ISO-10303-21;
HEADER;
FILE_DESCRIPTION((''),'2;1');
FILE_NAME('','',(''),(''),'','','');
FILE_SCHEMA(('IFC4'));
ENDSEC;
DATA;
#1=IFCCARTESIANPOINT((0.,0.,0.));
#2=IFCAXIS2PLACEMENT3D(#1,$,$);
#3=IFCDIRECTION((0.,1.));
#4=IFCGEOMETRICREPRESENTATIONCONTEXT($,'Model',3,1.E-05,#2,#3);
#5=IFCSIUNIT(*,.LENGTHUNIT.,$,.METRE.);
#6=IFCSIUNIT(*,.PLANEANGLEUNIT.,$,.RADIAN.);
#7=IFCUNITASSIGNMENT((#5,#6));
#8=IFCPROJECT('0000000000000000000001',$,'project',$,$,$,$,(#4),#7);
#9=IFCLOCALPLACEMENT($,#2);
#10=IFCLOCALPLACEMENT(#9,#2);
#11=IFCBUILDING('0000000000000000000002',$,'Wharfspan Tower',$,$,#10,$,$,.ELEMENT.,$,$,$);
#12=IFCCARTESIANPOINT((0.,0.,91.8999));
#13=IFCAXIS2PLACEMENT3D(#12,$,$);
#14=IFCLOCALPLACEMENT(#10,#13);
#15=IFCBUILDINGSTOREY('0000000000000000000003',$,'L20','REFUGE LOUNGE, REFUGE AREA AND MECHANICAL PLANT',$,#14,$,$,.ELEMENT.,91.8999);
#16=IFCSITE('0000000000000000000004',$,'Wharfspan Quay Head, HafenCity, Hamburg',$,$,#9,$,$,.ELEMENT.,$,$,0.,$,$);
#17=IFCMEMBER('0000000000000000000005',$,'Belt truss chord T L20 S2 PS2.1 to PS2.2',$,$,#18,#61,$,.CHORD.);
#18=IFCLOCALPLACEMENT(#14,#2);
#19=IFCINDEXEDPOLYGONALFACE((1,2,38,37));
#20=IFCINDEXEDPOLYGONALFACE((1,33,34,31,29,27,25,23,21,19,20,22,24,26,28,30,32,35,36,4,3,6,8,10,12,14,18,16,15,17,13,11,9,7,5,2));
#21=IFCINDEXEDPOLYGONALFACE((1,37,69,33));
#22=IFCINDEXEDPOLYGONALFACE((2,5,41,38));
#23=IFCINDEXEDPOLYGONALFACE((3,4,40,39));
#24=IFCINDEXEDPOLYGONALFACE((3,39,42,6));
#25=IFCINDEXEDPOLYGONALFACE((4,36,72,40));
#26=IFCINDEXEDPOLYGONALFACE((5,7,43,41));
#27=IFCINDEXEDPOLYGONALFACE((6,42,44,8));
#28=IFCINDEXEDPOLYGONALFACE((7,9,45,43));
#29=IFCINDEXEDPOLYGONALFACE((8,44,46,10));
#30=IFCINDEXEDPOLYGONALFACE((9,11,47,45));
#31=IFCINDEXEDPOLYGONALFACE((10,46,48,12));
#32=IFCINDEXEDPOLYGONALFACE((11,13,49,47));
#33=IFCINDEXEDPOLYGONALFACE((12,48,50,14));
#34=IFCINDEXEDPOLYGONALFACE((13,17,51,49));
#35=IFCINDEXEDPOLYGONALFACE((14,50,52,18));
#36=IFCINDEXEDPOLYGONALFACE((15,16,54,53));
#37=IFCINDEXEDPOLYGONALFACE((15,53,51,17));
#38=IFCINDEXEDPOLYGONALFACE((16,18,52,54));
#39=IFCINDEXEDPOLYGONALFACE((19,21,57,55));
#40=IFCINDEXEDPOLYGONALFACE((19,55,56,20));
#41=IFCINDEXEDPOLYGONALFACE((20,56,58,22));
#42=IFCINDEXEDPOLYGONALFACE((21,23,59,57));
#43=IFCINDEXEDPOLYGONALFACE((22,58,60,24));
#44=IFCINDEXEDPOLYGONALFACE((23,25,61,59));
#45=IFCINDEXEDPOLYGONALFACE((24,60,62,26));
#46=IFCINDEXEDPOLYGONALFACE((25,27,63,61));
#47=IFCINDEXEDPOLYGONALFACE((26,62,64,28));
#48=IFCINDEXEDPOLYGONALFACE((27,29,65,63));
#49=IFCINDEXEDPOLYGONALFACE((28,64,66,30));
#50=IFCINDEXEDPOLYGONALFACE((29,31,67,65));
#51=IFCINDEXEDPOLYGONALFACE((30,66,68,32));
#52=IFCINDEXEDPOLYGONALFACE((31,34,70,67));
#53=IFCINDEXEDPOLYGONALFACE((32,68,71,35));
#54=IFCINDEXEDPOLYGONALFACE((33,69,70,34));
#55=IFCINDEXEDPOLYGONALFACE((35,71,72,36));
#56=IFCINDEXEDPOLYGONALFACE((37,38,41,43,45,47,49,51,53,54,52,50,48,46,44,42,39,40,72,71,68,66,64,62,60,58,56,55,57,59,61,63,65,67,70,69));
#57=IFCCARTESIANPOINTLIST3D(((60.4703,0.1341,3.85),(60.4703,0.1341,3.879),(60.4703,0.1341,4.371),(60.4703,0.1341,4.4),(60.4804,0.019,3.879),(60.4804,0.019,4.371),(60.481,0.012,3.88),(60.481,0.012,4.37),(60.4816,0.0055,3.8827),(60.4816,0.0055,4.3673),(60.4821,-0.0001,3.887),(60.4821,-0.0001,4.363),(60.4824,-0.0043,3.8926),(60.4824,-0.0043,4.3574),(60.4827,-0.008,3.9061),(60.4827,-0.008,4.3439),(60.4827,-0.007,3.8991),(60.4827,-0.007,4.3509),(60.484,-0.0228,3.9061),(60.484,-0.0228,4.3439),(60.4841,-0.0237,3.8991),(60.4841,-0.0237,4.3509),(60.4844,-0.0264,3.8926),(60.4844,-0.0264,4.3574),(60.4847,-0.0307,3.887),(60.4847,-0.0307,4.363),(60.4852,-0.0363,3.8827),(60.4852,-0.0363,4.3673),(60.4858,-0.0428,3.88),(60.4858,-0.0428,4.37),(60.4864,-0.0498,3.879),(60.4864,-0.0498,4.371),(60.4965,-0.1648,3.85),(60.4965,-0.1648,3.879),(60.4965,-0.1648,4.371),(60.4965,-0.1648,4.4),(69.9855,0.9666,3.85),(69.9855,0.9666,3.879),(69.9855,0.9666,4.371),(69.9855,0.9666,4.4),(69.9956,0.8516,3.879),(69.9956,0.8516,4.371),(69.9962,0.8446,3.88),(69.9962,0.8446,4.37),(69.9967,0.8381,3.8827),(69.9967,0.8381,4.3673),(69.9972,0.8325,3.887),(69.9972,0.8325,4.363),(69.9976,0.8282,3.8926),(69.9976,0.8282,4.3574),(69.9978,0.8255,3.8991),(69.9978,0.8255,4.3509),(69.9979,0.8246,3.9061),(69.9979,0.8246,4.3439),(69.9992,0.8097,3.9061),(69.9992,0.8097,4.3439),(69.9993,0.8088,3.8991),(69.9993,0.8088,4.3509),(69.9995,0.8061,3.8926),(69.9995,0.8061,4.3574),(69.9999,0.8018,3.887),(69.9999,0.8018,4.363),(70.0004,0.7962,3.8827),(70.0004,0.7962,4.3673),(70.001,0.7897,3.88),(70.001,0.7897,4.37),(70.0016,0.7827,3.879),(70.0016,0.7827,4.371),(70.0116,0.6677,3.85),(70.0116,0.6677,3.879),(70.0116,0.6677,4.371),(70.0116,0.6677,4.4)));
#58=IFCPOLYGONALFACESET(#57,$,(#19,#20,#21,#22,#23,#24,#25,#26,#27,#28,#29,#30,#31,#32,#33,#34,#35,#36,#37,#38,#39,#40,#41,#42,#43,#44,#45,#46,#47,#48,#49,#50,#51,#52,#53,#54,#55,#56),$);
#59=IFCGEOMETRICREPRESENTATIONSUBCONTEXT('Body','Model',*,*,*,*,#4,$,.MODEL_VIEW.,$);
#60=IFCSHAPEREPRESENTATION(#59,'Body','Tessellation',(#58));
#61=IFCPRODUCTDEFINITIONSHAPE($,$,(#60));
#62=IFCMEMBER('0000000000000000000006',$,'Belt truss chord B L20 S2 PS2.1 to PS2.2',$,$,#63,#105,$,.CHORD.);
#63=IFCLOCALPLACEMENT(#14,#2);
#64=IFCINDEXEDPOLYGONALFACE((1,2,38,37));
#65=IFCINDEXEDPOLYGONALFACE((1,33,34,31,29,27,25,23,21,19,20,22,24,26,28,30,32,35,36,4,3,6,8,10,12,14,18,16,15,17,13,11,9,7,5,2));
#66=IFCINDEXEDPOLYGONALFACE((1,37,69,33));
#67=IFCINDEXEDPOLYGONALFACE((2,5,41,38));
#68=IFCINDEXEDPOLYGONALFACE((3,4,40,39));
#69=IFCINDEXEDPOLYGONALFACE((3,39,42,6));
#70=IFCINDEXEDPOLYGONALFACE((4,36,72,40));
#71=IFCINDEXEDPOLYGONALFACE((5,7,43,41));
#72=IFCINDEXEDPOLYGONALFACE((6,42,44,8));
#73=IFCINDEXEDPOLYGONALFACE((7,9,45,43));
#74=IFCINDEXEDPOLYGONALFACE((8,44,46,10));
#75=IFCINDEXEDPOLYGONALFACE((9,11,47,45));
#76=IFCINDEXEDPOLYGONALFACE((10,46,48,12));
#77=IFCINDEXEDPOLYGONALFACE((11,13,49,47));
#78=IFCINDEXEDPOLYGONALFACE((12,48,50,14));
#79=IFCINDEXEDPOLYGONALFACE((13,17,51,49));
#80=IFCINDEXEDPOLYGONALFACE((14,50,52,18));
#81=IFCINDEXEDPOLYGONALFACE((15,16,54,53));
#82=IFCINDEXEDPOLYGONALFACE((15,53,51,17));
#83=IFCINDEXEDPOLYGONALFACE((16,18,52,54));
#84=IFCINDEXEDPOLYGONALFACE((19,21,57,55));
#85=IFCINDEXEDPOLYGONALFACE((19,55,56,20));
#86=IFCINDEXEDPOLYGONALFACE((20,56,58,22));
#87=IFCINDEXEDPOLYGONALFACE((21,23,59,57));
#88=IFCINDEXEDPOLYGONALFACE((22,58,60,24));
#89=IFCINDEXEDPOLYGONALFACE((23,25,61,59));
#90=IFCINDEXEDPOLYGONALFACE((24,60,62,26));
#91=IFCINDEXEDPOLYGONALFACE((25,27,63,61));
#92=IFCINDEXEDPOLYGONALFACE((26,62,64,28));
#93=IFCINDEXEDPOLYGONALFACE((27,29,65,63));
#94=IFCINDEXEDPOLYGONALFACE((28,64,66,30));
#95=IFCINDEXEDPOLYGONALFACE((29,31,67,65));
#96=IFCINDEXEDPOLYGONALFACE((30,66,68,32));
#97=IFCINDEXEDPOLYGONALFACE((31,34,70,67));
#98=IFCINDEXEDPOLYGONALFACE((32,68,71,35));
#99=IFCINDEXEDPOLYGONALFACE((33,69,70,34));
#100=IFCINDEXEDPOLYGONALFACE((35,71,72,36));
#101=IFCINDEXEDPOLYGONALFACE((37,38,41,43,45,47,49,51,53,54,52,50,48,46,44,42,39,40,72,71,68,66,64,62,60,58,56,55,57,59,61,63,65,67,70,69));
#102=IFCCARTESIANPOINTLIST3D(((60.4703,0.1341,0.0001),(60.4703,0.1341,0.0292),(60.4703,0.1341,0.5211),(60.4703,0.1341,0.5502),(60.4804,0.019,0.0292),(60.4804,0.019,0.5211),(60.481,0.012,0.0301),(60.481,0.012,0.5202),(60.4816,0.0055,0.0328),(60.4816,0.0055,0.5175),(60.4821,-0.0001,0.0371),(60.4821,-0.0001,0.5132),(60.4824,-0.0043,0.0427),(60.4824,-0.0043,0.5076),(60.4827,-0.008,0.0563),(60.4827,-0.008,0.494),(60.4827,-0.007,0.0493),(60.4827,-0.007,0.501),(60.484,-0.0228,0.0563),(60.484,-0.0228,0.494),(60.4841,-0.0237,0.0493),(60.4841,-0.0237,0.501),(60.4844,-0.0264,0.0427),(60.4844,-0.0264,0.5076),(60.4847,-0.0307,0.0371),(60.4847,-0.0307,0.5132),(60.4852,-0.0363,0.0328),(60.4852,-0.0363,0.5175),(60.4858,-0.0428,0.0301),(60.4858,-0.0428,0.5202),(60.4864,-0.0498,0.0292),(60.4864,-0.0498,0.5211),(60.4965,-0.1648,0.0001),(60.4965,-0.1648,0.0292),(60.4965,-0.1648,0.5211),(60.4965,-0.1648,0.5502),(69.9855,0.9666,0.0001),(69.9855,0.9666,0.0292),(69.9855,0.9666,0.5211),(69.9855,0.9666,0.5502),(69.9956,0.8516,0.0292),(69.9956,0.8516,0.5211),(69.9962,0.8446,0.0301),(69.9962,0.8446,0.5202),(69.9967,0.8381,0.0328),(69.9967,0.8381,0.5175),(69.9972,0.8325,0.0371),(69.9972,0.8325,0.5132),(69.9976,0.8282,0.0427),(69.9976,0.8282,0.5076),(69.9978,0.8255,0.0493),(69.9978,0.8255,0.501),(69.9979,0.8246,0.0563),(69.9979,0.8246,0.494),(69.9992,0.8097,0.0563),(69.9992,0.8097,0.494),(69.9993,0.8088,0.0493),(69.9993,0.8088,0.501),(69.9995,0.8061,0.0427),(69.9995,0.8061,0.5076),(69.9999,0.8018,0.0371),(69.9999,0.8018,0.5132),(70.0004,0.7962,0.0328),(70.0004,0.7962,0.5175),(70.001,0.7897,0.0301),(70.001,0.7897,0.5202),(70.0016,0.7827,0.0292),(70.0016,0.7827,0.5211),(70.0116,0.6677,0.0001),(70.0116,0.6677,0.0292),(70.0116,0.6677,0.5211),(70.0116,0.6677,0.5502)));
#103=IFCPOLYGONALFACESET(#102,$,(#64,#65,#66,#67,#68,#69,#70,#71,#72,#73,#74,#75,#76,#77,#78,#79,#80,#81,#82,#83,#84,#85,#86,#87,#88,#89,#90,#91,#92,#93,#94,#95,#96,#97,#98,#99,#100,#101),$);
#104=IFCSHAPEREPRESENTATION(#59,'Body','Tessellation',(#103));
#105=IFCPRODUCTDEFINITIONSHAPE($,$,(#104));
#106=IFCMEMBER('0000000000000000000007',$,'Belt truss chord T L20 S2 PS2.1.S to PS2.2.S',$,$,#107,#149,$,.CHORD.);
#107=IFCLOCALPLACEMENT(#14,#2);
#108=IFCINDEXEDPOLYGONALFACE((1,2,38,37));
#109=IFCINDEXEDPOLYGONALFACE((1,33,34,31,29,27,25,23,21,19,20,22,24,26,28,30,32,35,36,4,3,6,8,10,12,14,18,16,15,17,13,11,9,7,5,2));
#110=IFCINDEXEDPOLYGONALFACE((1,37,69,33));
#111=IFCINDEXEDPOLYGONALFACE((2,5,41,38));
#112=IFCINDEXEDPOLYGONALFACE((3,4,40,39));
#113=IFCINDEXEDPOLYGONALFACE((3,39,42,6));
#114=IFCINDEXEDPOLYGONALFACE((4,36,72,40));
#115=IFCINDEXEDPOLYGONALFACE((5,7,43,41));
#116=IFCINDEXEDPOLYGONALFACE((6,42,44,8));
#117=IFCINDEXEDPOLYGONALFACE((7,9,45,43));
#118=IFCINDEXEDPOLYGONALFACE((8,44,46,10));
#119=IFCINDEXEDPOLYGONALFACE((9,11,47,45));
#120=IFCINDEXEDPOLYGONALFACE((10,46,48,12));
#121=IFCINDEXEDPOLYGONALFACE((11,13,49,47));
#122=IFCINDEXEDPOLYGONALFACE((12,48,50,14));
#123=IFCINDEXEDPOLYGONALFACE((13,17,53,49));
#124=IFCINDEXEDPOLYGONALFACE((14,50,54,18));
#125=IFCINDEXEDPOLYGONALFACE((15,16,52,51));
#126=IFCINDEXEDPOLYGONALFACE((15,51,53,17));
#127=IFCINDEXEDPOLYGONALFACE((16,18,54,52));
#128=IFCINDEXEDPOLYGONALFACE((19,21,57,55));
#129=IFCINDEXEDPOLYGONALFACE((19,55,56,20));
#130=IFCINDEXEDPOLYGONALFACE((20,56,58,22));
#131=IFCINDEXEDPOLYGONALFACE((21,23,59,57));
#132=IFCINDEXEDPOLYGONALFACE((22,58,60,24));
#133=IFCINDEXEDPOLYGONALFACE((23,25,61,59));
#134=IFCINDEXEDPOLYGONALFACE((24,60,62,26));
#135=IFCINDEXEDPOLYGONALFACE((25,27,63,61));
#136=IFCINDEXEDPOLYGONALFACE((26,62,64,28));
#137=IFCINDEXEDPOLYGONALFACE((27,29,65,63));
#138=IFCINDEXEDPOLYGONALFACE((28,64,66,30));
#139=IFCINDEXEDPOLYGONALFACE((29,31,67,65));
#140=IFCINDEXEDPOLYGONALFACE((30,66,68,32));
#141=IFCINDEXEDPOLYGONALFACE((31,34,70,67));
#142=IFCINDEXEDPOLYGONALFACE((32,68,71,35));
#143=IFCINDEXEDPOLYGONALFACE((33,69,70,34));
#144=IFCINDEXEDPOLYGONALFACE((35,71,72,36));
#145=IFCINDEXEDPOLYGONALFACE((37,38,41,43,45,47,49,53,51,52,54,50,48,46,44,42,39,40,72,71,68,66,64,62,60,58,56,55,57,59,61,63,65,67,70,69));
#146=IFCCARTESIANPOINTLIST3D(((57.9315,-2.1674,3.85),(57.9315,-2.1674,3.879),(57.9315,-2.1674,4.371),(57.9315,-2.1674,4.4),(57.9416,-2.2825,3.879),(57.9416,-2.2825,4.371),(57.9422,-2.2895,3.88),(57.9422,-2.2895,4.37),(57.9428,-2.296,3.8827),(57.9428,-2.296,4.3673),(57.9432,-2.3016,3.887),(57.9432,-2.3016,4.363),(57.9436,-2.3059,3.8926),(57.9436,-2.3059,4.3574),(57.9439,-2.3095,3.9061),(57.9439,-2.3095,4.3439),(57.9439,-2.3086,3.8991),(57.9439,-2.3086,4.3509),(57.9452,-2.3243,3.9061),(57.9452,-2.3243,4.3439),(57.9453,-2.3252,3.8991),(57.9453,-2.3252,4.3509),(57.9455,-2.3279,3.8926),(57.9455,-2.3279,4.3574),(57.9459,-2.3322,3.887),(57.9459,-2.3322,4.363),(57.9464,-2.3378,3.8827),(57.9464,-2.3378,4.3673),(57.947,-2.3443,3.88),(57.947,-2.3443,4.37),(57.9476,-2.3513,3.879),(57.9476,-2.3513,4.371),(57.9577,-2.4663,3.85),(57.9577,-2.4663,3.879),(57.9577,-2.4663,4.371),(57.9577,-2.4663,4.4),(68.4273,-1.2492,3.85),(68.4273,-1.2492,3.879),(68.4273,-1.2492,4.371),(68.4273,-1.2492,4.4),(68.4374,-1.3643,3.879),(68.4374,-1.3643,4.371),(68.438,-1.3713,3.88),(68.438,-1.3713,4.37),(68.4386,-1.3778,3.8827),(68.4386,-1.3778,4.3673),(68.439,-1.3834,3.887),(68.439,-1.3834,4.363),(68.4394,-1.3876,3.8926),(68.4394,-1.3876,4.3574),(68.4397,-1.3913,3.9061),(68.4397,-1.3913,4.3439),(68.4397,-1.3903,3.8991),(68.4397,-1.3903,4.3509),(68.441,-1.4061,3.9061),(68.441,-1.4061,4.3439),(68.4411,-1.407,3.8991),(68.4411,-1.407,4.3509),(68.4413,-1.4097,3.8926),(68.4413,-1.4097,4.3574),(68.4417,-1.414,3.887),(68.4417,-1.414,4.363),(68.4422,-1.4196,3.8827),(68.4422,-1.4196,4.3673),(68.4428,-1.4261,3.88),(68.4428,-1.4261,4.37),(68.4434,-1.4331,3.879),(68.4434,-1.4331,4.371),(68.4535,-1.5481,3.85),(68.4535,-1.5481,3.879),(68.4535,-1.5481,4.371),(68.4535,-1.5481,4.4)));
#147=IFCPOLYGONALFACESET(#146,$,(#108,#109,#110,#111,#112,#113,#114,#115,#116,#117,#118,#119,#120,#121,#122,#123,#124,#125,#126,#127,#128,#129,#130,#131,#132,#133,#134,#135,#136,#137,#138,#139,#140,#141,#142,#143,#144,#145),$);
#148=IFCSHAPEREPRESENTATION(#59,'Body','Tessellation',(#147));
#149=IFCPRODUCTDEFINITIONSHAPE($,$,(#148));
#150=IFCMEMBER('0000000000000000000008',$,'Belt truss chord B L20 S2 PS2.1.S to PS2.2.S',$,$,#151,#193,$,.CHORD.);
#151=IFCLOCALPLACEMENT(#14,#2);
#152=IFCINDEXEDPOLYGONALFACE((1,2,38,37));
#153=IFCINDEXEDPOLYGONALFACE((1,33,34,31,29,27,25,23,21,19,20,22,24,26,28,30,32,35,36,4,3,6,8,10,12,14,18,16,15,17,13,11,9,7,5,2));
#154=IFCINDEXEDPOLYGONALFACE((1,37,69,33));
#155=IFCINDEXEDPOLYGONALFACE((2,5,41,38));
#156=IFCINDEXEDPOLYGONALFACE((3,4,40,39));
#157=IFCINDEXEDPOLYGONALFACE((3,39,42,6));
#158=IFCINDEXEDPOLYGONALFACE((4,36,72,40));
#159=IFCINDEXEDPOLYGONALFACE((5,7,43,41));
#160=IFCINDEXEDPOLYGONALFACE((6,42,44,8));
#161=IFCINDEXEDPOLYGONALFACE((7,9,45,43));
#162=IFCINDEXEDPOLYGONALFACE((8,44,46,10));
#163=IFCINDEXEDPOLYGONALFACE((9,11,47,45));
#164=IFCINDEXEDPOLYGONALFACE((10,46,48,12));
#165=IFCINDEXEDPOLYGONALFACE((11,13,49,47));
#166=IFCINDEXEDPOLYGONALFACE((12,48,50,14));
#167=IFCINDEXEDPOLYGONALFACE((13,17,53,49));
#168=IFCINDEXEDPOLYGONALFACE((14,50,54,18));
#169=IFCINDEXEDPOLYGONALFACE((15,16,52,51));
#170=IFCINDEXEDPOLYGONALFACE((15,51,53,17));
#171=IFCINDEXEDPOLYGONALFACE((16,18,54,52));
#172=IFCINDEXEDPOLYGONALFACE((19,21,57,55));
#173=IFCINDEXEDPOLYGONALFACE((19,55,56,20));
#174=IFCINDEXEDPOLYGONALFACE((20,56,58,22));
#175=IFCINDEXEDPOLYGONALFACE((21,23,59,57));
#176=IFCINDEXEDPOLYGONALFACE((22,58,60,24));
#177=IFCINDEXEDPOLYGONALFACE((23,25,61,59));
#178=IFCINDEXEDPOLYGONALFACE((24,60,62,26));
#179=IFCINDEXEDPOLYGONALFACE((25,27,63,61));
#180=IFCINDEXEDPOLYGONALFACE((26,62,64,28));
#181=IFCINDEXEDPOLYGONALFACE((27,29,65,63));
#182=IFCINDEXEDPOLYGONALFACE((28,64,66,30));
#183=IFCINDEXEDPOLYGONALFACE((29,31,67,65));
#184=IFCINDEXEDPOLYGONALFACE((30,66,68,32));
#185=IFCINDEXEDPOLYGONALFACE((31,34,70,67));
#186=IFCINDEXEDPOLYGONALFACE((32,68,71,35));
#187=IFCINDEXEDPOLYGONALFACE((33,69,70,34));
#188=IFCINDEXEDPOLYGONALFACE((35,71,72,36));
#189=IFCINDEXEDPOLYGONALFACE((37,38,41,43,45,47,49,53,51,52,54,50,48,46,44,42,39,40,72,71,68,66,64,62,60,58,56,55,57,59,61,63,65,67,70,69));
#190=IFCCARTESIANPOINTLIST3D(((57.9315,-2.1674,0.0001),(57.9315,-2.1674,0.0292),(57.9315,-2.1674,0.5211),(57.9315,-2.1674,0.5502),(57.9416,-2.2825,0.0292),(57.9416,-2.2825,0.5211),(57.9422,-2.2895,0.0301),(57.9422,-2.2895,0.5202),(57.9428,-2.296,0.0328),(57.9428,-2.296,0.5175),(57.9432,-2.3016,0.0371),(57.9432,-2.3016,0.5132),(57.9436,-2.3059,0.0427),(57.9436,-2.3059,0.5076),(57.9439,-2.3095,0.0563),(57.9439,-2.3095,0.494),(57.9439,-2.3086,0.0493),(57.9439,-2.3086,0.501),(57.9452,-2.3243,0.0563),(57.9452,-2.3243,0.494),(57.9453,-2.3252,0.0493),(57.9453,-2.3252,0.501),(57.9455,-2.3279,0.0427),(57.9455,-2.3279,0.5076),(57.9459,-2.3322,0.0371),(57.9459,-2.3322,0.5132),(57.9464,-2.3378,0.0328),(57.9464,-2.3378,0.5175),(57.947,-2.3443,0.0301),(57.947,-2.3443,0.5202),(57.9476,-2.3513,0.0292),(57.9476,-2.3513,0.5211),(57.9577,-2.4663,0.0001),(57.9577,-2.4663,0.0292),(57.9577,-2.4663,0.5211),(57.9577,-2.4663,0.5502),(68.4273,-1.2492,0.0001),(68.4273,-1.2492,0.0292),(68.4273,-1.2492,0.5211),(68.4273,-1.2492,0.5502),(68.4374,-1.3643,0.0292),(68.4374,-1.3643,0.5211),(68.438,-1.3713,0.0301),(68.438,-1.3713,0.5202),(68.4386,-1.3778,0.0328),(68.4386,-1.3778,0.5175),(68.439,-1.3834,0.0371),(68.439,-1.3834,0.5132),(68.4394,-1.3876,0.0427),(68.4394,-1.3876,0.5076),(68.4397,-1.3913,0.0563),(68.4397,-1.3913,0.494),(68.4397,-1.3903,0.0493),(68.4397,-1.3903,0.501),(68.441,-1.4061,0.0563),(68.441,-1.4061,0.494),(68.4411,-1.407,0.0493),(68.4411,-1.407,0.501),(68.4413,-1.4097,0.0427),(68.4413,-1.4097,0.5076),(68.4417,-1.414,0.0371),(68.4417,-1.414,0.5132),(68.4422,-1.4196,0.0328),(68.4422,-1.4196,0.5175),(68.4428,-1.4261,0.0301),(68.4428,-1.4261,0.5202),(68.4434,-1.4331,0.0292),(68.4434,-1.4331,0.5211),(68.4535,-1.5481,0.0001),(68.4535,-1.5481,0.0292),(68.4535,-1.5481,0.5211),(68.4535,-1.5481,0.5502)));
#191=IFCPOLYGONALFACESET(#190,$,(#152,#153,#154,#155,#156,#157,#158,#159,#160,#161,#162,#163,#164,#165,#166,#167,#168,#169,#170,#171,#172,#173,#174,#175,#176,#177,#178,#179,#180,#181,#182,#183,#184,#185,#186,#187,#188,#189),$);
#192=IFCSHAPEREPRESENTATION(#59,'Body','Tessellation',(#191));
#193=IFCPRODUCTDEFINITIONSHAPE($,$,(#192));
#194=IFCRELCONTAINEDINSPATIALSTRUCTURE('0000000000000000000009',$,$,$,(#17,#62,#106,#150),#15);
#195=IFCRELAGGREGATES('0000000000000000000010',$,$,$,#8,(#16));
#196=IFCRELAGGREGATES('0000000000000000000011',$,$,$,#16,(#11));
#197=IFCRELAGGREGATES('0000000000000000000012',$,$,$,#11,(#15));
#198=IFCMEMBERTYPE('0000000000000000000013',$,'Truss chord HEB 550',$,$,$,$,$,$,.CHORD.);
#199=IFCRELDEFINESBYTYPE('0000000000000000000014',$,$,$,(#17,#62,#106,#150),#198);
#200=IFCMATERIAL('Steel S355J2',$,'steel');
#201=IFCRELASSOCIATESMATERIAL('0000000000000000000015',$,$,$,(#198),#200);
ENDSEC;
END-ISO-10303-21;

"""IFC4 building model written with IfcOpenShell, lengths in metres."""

from ifc_helpers import new_model, si_unit, direction, frame, origin, origin_2d, place, context, subcontext, project, spatial, i_section, extrude, material, material_profile, profile_set, type_object, element, save


model = new_model("IFC4")

# Units and contexts
model_context = context("Model", 3, precision=1e-05, world=origin(), true_north=direction((0.0, 1.0)))
body_context = subcontext(model_context, "Body", "Model", "MODEL_VIEW")
ifc_project = project(units=[si_unit("LENGTHUNIT", "METRE"), si_unit("PLANEANGLEUNIT", "RADIAN")], contexts=[model_context])

# Site, building, storey
site_placement = place(None, origin())
site = spatial("IfcSite", under=ifc_project, at=site_placement, Name="Wharfspan Quay Head, HafenCity, Hamburg", CompositionType="ELEMENT", RefElevation=0.0)
building_placement = place(site_placement, origin())
building = spatial("IfcBuilding", under=site, at=building_placement, Name="Wharfspan Tower", CompositionType="ELEMENT")
storey_placement = place(building_placement, frame((0.0, 0.0, 91.8999)))
storey = spatial("IfcBuildingStorey", under=building, at=storey_placement, Name="L20", Description="REFUGE LOUNGE, REFUGE AREA AND MECHANICAL PLANT", CompositionType="ELEMENT", Elevation=91.8999)

# Shared definitions
ifc_material_1 = material(Name="Steel S355J2", Category="steel")

# Members
ifc_material_profile_1 = material_profile(ifc_material_1, i_section(OverallWidth=0.3, OverallDepth=0.55, WebThickness=0.0149, FlangeThickness=0.0291, FilletRadius=0.0271, at=origin_2d()))
ifc_profile_set_1 = profile_set([ifc_material_profile_1], Name="Steel S355J2")
member_type_1 = type_object("IfcMemberType", Name="Truss chord HEB 550", PredefinedType="CHORD", material=ifc_profile_set_1)
for number, where, z_axis, x_axis, name in (
    (1, (60.4834, -0.0154, 4.125), (0.996194, 0.087161, 0.0), (-0.087161, 0.996194, 0.0), "Belt truss chord T L20 S2 PS2.1 to PS2.2"),
    (2, (60.4834, -0.0154, 0.2751), (0.996194, 0.087161, 0.0), (-0.087161, 0.996194, 0.0), "Belt truss chord B L20 S2 PS2.1 to PS2.2"),
):
    element("IfcMember", number, at=place(storey_placement, frame(where, z_axis=z_axis, x_axis=x_axis)), inside=storey, type_object=member_type_1, Name=name, PredefinedType="CHORD", context=body_context, shape_type="SweptSolid", body=[
        extrude(i_section(OverallWidth=0.3, OverallDepth=0.55, WebThickness=0.0149, FlangeThickness=0.0291, FilletRadius=0.0271, at=origin_2d()), origin(), (0.0, 0.0, 1.0), 9.5515),
    ])
for number, where, z_axis, x_axis, name in (
    (3, (57.9446, -2.3169, 4.125), (0.996195, 0.087151, 0.0), (-0.087151, 0.996195, 0.0), "Belt truss chord T L20 S2 PS2.1.S to PS2.2.S"),
    (4, (57.9446, -2.3169, 0.2751), (0.996195, 0.087151, 0.0), (-0.087151, 0.996195, 0.0), "Belt truss chord B L20 S2 PS2.1.S to PS2.2.S"),
):
    element("IfcMember", number, at=place(storey_placement, frame(where, z_axis=z_axis, x_axis=x_axis)), inside=storey, type_object=member_type_1, Name=name, PredefinedType="CHORD", context=body_context, shape_type="SweptSolid", body=[
        extrude(i_section(OverallWidth=0.3, OverallDepth=0.55, WebThickness=0.0149, FlangeThickness=0.0291, FilletRadius=0.0271, at=origin_2d()), origin(), (0.0, 0.0, 1.0), 10.5359),
    ])

save(model, "model.ifc")
